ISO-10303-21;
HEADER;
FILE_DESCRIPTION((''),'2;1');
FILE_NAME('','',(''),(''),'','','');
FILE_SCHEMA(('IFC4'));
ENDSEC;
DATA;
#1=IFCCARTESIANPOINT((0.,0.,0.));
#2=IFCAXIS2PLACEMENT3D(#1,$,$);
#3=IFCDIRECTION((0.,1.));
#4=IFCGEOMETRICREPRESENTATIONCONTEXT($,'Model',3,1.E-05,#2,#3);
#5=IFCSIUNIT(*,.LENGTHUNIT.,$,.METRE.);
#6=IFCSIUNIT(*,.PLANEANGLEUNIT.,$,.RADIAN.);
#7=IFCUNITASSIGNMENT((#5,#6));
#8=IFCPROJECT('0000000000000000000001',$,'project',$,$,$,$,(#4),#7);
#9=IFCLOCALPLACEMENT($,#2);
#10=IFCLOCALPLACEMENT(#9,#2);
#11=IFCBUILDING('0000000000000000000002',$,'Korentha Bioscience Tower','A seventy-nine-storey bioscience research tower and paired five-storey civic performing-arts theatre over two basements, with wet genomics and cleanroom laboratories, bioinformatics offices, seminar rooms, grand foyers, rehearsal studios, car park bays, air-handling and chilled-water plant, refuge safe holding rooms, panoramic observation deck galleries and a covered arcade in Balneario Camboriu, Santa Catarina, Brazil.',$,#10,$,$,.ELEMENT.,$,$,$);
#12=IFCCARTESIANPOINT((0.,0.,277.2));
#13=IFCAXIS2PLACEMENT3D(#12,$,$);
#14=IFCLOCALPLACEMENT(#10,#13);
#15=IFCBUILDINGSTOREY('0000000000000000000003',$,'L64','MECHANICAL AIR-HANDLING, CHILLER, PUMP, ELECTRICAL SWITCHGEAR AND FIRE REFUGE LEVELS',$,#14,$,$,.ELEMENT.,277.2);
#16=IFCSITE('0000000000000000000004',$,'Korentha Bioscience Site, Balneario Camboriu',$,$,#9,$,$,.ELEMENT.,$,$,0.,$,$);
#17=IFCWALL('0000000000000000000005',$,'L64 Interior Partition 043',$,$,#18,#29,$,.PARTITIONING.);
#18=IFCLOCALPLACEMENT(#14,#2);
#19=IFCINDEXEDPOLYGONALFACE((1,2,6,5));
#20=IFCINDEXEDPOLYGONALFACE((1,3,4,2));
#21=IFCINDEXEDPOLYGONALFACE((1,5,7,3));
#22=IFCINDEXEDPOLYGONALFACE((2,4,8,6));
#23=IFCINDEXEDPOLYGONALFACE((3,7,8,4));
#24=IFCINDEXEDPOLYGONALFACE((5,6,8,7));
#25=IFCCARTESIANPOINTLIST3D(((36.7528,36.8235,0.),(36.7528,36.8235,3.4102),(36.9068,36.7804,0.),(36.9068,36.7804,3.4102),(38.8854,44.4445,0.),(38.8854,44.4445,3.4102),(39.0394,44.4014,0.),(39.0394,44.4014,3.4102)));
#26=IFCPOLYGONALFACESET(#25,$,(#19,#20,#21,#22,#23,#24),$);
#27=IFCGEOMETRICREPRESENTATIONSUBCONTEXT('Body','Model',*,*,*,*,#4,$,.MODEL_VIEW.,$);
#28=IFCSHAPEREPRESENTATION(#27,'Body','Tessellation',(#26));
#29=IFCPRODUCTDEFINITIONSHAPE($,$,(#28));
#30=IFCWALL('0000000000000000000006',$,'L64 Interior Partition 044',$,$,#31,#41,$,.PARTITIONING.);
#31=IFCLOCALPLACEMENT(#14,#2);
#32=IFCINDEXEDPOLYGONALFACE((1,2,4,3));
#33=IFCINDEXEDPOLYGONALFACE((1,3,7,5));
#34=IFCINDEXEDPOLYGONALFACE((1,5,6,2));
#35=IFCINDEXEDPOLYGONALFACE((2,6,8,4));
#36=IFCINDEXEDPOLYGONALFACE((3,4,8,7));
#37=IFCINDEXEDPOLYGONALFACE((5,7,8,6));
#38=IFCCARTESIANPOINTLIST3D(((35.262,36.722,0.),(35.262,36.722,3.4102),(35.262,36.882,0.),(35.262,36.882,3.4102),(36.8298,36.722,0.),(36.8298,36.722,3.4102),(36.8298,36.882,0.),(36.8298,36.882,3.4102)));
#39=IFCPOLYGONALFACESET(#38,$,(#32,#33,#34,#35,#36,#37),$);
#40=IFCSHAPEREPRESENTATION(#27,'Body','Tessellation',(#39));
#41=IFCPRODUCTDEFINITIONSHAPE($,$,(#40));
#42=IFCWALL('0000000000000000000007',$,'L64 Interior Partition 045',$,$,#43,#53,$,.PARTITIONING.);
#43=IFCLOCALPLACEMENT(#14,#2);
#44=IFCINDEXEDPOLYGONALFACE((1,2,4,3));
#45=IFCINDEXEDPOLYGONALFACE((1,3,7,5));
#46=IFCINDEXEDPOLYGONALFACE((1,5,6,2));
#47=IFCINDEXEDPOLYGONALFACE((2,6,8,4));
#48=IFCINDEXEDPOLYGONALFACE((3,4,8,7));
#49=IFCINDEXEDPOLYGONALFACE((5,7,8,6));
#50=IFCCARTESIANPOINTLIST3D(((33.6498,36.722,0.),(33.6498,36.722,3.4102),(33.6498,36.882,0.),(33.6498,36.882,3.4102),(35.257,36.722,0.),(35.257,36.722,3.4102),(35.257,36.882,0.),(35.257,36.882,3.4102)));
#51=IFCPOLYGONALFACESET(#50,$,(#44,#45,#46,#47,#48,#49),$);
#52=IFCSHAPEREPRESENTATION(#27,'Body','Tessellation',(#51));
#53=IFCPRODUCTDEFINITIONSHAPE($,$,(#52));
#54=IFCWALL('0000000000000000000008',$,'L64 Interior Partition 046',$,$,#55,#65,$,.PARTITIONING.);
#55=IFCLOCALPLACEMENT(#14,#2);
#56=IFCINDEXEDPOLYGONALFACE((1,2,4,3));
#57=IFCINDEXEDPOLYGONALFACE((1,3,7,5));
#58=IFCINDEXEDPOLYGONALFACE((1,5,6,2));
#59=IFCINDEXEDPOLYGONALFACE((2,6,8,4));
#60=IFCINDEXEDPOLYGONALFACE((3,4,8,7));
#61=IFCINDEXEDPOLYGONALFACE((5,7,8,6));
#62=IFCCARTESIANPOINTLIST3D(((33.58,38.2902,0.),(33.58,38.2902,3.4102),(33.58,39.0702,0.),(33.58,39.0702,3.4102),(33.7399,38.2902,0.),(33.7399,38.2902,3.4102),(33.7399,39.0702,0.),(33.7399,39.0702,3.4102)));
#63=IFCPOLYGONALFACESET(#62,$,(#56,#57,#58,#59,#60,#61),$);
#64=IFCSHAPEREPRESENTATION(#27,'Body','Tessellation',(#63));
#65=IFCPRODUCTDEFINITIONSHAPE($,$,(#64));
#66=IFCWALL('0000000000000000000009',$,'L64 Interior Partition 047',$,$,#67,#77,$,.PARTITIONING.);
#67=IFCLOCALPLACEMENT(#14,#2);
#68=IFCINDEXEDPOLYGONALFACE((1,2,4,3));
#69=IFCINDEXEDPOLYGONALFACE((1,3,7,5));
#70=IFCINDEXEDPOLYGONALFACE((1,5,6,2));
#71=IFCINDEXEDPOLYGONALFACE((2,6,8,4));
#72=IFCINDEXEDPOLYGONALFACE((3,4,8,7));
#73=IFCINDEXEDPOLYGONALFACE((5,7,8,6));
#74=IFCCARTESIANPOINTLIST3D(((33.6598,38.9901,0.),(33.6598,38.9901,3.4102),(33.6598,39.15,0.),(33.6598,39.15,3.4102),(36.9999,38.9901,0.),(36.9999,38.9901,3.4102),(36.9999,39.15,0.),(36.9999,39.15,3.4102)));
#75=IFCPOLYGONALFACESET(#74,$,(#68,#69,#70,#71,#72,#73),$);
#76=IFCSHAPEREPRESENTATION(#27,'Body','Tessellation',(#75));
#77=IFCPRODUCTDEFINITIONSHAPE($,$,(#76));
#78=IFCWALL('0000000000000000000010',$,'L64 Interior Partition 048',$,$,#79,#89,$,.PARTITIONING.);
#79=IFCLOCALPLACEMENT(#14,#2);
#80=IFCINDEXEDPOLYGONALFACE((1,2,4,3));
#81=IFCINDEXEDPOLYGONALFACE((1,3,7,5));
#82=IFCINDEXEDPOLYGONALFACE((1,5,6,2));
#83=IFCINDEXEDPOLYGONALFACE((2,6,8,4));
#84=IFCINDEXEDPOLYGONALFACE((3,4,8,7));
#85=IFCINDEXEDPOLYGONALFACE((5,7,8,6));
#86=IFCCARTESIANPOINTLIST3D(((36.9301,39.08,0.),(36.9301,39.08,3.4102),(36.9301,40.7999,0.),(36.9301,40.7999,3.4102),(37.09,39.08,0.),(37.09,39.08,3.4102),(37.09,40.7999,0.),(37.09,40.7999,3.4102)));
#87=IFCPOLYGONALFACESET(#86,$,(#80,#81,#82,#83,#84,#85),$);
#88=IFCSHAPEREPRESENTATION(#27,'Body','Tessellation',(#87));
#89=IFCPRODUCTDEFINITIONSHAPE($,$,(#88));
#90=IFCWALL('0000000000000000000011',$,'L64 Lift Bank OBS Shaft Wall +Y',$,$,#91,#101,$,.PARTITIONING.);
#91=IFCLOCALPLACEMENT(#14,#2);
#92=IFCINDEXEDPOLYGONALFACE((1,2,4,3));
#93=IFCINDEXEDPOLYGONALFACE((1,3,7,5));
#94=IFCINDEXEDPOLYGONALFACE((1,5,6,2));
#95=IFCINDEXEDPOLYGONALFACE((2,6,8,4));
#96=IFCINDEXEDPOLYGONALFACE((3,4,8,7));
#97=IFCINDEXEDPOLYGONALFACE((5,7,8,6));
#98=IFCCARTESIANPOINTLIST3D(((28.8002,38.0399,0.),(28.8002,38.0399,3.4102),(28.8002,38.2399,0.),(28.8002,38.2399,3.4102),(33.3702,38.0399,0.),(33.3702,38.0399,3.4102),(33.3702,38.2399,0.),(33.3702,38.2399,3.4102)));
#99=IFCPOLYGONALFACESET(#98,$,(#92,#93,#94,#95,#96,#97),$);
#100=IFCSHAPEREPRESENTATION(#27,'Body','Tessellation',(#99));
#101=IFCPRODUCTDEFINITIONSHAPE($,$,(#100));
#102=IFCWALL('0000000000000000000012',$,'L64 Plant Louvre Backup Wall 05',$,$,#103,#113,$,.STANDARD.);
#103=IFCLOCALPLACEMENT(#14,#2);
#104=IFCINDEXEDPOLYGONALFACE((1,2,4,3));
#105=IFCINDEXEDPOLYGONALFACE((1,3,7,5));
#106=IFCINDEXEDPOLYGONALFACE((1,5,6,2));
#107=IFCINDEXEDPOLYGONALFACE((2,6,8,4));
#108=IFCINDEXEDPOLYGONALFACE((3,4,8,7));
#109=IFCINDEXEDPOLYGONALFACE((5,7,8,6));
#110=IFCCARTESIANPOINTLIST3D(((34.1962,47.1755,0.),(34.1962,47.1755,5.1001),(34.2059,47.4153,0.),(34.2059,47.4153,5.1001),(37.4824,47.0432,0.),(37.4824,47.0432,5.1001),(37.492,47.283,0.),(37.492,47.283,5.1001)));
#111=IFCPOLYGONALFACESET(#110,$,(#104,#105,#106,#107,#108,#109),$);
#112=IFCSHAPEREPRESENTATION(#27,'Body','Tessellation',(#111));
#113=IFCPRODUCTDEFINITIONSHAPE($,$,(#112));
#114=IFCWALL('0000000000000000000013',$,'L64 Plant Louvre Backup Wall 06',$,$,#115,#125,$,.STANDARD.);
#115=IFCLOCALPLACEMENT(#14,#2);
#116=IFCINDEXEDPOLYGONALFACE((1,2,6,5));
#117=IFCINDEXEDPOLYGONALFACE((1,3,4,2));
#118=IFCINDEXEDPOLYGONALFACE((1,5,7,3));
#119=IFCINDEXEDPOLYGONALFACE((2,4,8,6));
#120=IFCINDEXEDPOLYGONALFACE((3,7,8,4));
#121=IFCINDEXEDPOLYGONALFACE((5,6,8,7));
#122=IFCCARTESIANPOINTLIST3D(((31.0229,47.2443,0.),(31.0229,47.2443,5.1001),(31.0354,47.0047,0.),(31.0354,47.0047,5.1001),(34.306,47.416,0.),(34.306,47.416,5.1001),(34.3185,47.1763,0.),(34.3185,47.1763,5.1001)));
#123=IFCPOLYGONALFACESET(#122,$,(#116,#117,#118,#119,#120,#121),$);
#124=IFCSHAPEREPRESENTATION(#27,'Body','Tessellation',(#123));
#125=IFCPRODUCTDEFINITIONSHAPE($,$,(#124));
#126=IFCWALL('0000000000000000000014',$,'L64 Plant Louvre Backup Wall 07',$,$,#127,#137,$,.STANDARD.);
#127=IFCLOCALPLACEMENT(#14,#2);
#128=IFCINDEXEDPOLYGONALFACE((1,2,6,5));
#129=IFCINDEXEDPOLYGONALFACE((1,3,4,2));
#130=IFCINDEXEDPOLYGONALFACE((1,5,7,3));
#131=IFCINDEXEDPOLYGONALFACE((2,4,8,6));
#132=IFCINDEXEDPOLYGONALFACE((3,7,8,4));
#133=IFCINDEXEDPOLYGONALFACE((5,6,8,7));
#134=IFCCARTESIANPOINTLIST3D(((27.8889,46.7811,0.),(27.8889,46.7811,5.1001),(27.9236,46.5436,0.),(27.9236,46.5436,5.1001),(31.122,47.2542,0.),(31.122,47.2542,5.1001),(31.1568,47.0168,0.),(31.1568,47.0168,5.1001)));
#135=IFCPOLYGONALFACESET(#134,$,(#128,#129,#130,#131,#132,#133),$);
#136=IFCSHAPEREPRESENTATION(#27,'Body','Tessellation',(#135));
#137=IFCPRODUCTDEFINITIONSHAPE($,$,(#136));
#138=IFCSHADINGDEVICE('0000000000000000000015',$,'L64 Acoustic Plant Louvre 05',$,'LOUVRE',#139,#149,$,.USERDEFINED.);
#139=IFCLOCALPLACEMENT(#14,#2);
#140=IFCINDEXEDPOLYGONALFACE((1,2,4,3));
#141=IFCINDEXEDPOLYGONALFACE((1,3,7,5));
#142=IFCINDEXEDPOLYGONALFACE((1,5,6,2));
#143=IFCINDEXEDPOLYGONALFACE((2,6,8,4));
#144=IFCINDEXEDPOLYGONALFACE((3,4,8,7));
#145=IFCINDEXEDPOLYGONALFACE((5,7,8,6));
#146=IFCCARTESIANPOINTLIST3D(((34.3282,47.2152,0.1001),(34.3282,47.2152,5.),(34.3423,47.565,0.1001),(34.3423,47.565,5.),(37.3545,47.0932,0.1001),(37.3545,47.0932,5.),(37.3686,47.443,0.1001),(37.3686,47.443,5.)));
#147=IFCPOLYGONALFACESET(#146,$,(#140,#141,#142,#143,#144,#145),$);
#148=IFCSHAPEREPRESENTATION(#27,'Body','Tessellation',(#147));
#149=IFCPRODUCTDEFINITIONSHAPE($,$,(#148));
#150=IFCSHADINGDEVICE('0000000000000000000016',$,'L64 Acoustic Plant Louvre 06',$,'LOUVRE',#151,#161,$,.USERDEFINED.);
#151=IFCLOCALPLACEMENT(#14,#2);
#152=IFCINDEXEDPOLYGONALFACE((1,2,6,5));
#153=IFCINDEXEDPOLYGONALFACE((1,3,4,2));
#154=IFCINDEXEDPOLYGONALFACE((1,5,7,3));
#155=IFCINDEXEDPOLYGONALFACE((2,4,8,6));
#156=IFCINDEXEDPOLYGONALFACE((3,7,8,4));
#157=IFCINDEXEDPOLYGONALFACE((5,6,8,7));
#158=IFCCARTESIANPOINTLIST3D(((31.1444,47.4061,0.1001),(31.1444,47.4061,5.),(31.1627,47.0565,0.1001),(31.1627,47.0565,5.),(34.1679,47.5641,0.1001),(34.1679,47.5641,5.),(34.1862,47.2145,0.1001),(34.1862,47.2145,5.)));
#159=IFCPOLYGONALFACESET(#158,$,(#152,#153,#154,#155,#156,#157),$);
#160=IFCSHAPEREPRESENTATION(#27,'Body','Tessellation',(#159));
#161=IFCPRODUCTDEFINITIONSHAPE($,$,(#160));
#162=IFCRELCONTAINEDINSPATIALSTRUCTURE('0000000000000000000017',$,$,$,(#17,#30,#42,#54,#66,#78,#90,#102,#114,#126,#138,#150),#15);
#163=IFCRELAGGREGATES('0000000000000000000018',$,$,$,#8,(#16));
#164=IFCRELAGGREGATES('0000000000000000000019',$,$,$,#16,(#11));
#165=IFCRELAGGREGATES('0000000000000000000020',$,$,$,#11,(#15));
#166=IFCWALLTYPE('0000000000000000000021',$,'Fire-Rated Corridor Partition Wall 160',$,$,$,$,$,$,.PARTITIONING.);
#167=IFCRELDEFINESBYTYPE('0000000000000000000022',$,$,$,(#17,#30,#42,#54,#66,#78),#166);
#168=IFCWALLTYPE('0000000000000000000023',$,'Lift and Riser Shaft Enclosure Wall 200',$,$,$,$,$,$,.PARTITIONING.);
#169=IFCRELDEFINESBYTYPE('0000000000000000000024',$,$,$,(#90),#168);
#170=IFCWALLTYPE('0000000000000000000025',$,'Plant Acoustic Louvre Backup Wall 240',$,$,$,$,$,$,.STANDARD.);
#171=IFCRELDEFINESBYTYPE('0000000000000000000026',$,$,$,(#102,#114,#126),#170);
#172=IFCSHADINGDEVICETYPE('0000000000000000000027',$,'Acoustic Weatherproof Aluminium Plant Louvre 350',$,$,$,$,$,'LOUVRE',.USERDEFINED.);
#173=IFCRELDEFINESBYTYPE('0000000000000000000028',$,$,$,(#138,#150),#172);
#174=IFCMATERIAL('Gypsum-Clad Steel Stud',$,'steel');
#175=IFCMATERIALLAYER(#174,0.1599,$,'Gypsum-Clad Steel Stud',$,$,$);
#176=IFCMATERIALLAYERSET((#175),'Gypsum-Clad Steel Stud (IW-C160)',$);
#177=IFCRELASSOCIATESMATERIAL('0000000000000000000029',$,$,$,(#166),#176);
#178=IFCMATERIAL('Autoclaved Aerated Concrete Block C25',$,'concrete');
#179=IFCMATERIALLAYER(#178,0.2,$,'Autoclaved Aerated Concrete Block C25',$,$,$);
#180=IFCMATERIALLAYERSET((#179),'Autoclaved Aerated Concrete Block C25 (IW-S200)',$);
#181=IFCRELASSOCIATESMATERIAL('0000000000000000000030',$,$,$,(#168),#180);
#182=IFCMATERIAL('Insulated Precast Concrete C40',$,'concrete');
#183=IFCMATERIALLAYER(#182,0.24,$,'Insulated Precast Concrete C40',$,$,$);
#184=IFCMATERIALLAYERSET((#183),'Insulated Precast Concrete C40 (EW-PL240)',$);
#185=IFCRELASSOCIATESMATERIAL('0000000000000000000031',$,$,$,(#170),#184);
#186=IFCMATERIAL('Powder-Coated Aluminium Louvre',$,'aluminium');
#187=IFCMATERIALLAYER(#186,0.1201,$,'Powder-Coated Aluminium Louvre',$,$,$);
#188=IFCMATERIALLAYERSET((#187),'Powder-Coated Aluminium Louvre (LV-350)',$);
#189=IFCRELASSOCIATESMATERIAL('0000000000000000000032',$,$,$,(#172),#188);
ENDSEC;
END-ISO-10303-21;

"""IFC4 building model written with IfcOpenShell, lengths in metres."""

from ifc_helpers import new_model, si_unit, direction, frame, frame_2d, origin, origin_2d, place, context, subcontext, project, spatial, rectangle, extrude, material, layer, layer_set, type_object, element, save


model = new_model("IFC4")

# Units and contexts
model_context = context("Model", 3, precision=1e-05, world=origin(), true_north=direction((0.0, 1.0)))
body_context = subcontext(model_context, "Body", "Model", "MODEL_VIEW")
ifc_project = project(units=[si_unit("LENGTHUNIT", "METRE"), si_unit("PLANEANGLEUNIT", "RADIAN")], contexts=[model_context])

# Site, building, storey
site_placement = place(None, origin())
site = spatial("IfcSite", under=ifc_project, at=site_placement, Name="Korentha Bioscience Site, Balneario Camboriu", CompositionType="ELEMENT", RefElevation=0.0)
building_placement = place(site_placement, origin())
building = spatial("IfcBuilding", under=site, at=building_placement, Name="Korentha Bioscience Tower", Description="A seventy-nine-storey bioscience research tower and paired five-storey civic performing-arts theatre over two basements, with wet genomics and cleanroom laboratories, bioinformatics offices, seminar rooms, grand foyers, rehearsal studios, car park bays, air-handling and chilled-water plant, refuge safe holding rooms, panoramic observation deck galleries and a covered arcade in Balneario Camboriu, Santa Catarina, Brazil.", CompositionType="ELEMENT")
storey_placement = place(building_placement, frame((0.0, 0.0, 277.2)))
storey = spatial("IfcBuildingStorey", under=building, at=storey_placement, Name="L64", Description="MECHANICAL AIR-HANDLING, CHILLER, PUMP, ELECTRICAL SWITCHGEAR AND FIRE REFUGE LEVELS", CompositionType="ELEMENT", Elevation=277.2)

# Shared definitions
ifc_material_1 = material(Name="Gypsum-Clad Steel Stud", Category="steel")
ifc_layer_1 = layer(ifc_material_1, 0.1599, Name="Gypsum-Clad Steel Stud")
ifc_layer_set_1 = layer_set([ifc_layer_1], Name="Gypsum-Clad Steel Stud (IW-C160)")
wall_type_1 = type_object("IfcWallType", Name="Fire-Rated Corridor Partition Wall 160", PredefinedType="PARTITIONING", material=ifc_layer_set_1)

# Walls
wall_1_placement = place(storey_placement, frame((38.9624, 44.4231, 0.0), z_axis=(0.0, 0.0, 1.0), x_axis=(-0.269473, -0.963008, 0.0)))
element("IfcWall", 1, at=wall_1_placement, inside=storey, type_object=wall_type_1, Name="L64 Interior Partition 043", PredefinedType="PARTITIONING", context=body_context, shape_type="SweptSolid", body=[
    extrude(rectangle(XDim=7.9138, YDim=0.1599, at=frame_2d((3.957, 0.0))), origin(), (0.0, 0.0, 1.0), 3.4102),
])
wall_2_placement = place(storey_placement, frame((36.8298, 36.802, 0.0), z_axis=(0.0, 0.0, 1.0), x_axis=(-1.0, 0.0, 0.0)))
element("IfcWall", 2, at=wall_2_placement, inside=storey, type_object=wall_type_1, Name="L64 Interior Partition 044", PredefinedType="PARTITIONING", context=body_context, shape_type="SweptSolid", body=[
    extrude(rectangle(XDim=1.5679, YDim=0.1599, at=frame_2d((0.7839, 0.0))), origin(), (0.0, 0.0, 1.0), 3.4102),
])
wall_3_placement = place(storey_placement, frame((35.2571, 36.802, 0.0), z_axis=(0.0, 0.0, 1.0), x_axis=(-1.0, 0.0, 0.0)))
element("IfcWall", 3, at=wall_3_placement, inside=storey, type_object=wall_type_1, Name="L64 Interior Partition 045", PredefinedType="PARTITIONING", context=body_context, shape_type="SweptSolid", body=[
    extrude(rectangle(XDim=1.6072, YDim=0.1599, at=frame_2d((0.8037, 0.0))), origin(), (0.0, 0.0, 1.0), 3.4102),
])
wall_4_placement = place(storey_placement, frame((33.6599, 38.29, 0.0), z_axis=(0.0, 0.0, 1.0), x_axis=(0.0, 1.0, 0.0)))
element("IfcWall", 4, at=wall_4_placement, inside=storey, type_object=wall_type_1, Name="L64 Interior Partition 046", PredefinedType="PARTITIONING", context=body_context, shape_type="SweptSolid", body=[
    extrude(rectangle(XDim=0.78, YDim=0.1599, at=frame_2d((0.3901, 0.0))), origin(), (0.0, 0.0, 1.0), 3.4102),
])
wall_5_placement = place(storey_placement, frame((33.6599, 39.0701, 0.0), z_axis=(0.0, 0.0, 1.0), x_axis=(1.0, 0.0, 0.0)))
element("IfcWall", 5, at=wall_5_placement, inside=storey, type_object=wall_type_1, Name="L64 Interior Partition 047", PredefinedType="PARTITIONING", context=body_context, shape_type="SweptSolid", body=[
    extrude(rectangle(XDim=3.3401, YDim=0.1599, at=frame_2d((1.6699, 0.0))), origin(), (0.0, 0.0, 1.0), 3.4102),
])
wall_6_placement = place(storey_placement, frame((37.01, 39.0801, 0.0), z_axis=(0.0, 0.0, 1.0), x_axis=(0.0, 1.0, 0.0)))
element("IfcWall", 6, at=wall_6_placement, inside=storey, type_object=wall_type_1, Name="L64 Interior Partition 048", PredefinedType="PARTITIONING", context=body_context, shape_type="SweptSolid", body=[
    extrude(rectangle(XDim=1.72, YDim=0.1599, at=frame_2d((0.8599, 0.0))), origin(), (0.0, 0.0, 1.0), 3.4102),
])
ifc_material_2 = material(Name="Autoclaved Aerated Concrete Block C25", Category="concrete")
ifc_layer_2 = layer(ifc_material_2, 0.2, Name="Autoclaved Aerated Concrete Block C25")
ifc_layer_set_2 = layer_set([ifc_layer_2], Name="Autoclaved Aerated Concrete Block C25 (IW-S200)")
wall_type_2 = type_object("IfcWallType", Name="Lift and Riser Shaft Enclosure Wall 200", PredefinedType="PARTITIONING", material=ifc_layer_set_2)
wall_7_placement = place(storey_placement, frame((28.8, 38.1399, 0.0), z_axis=(0.0, 0.0, 1.0), x_axis=(1.0, 0.0, 0.0)))
element("IfcWall", 7, at=wall_7_placement, inside=storey, type_object=wall_type_2, Name="L64 Lift Bank OBS Shaft Wall +Y", PredefinedType="PARTITIONING", context=body_context, shape_type="SweptSolid", body=[
    extrude(rectangle(XDim=4.5701, YDim=0.2, at=frame_2d((2.2852, 0.0))), origin(), (0.0, 0.0, 1.0), 3.4102),
])
ifc_material_3 = material(Name="Insulated Precast Concrete C40", Category="concrete")
ifc_layer_3 = layer(ifc_material_3, 0.24, Name="Insulated Precast Concrete C40")
ifc_layer_set_3 = layer_set([ifc_layer_3], Name="Insulated Precast Concrete C40 (EW-PL240)")
wall_type_3 = type_object("IfcWallType", Name="Plant Acoustic Louvre Backup Wall 240", PredefinedType="STANDARD", material=ifc_layer_set_3)
wall_8_placement = place(storey_placement, frame((37.4873, 47.1631, 0.0), z_axis=(0.0, 0.0, 1.0), x_axis=(-0.99919, 0.040235, 0.0)))
element("IfcWall", 8, at=wall_8_placement, inside=storey, type_object=wall_type_3, Name="L64 Plant Louvre Backup Wall 05", PredefinedType="STANDARD", context=body_context, shape_type="SweptSolid", body=[
    extrude(rectangle(XDim=3.2888, YDim=0.24, at=frame_2d((1.6445, 0.0))), origin(), (0.0, 0.0, 1.0), 5.1001),
])
wall_9_placement = place(storey_placement, frame((34.3123, 47.2961, 0.0), z_axis=(0.0, 0.0, 1.0), x_axis=(-0.998636, -0.052204, 0.0)))
element("IfcWall", 9, at=wall_9_placement, inside=storey, type_object=wall_type_3, Name="L64 Plant Louvre Backup Wall 06", PredefinedType="STANDARD", context=body_context, shape_type="SweptSolid", body=[
    extrude(rectangle(XDim=3.2876, YDim=0.24, at=frame_2d((1.6438, 0.0))), origin(), (0.0, 0.0, 1.0), 5.1001),
])
wall_10_placement = place(storey_placement, frame((31.1394, 47.1355, 0.0), z_axis=(0.0, 0.0, 1.0), x_axis=(-0.989461, -0.144799, 0.0)))
element("IfcWall", 10, at=wall_10_placement, inside=storey, type_object=wall_type_3, Name="L64 Plant Louvre Backup Wall 07", PredefinedType="STANDARD", context=body_context, shape_type="SweptSolid", body=[
    extrude(rectangle(XDim=3.2676, YDim=0.24, at=frame_2d((1.6338, 0.0))), origin(), (0.0, 0.0, 1.0), 5.1001),
])

# Shading devices
ifc_material_4 = material(Name="Powder-Coated Aluminium Louvre", Category="aluminium")
ifc_layer_4 = layer(ifc_material_4, 0.1201, Name="Powder-Coated Aluminium Louvre")
ifc_layer_set_4 = layer_set([ifc_layer_4], Name="Powder-Coated Aluminium Louvre (LV-350)")
shading_device_type = type_object("IfcShadingDeviceType", Name="Acoustic Weatherproof Aluminium Plant Louvre 350", ElementType="LOUVRE", PredefinedType="USERDEFINED", material=ifc_layer_set_4)
shading_device_1_placement = place(storey_placement, frame((35.8484, 47.3291, 0.1001), z_axis=(0.0, 0.0, 1.0), x_axis=(-0.999189, 0.040265, 0.0)))
element("IfcShadingDevice", 11, at=shading_device_1_placement, inside=storey, type_object=shading_device_type, Name="L64 Acoustic Plant Louvre 05", ObjectType="LOUVRE", PredefinedType="USERDEFINED", context=body_context, shape_type="SweptSolid", body=[
    extrude(rectangle(XDim=3.0288, YDim=0.3501, at=origin_2d()), origin(), (0.0, 0.0, 1.0), 4.8999),
])
shading_device_2_placement = place(storey_placement, frame((32.6653, 47.3103, 0.1001), z_axis=(0.0, 0.0, 1.0), x_axis=(-0.998637, -0.052202, 0.0)))
element("IfcShadingDevice", 12, at=shading_device_2_placement, inside=storey, type_object=shading_device_type, Name="L64 Acoustic Plant Louvre 06", ObjectType="LOUVRE", PredefinedType="USERDEFINED", context=body_context, shape_type="SweptSolid", body=[
    extrude(rectangle(XDim=3.0276, YDim=0.3501, at=origin_2d()), origin(), (0.0, 0.0, 1.0), 4.8999),
])

save(model, "model.ifc")
